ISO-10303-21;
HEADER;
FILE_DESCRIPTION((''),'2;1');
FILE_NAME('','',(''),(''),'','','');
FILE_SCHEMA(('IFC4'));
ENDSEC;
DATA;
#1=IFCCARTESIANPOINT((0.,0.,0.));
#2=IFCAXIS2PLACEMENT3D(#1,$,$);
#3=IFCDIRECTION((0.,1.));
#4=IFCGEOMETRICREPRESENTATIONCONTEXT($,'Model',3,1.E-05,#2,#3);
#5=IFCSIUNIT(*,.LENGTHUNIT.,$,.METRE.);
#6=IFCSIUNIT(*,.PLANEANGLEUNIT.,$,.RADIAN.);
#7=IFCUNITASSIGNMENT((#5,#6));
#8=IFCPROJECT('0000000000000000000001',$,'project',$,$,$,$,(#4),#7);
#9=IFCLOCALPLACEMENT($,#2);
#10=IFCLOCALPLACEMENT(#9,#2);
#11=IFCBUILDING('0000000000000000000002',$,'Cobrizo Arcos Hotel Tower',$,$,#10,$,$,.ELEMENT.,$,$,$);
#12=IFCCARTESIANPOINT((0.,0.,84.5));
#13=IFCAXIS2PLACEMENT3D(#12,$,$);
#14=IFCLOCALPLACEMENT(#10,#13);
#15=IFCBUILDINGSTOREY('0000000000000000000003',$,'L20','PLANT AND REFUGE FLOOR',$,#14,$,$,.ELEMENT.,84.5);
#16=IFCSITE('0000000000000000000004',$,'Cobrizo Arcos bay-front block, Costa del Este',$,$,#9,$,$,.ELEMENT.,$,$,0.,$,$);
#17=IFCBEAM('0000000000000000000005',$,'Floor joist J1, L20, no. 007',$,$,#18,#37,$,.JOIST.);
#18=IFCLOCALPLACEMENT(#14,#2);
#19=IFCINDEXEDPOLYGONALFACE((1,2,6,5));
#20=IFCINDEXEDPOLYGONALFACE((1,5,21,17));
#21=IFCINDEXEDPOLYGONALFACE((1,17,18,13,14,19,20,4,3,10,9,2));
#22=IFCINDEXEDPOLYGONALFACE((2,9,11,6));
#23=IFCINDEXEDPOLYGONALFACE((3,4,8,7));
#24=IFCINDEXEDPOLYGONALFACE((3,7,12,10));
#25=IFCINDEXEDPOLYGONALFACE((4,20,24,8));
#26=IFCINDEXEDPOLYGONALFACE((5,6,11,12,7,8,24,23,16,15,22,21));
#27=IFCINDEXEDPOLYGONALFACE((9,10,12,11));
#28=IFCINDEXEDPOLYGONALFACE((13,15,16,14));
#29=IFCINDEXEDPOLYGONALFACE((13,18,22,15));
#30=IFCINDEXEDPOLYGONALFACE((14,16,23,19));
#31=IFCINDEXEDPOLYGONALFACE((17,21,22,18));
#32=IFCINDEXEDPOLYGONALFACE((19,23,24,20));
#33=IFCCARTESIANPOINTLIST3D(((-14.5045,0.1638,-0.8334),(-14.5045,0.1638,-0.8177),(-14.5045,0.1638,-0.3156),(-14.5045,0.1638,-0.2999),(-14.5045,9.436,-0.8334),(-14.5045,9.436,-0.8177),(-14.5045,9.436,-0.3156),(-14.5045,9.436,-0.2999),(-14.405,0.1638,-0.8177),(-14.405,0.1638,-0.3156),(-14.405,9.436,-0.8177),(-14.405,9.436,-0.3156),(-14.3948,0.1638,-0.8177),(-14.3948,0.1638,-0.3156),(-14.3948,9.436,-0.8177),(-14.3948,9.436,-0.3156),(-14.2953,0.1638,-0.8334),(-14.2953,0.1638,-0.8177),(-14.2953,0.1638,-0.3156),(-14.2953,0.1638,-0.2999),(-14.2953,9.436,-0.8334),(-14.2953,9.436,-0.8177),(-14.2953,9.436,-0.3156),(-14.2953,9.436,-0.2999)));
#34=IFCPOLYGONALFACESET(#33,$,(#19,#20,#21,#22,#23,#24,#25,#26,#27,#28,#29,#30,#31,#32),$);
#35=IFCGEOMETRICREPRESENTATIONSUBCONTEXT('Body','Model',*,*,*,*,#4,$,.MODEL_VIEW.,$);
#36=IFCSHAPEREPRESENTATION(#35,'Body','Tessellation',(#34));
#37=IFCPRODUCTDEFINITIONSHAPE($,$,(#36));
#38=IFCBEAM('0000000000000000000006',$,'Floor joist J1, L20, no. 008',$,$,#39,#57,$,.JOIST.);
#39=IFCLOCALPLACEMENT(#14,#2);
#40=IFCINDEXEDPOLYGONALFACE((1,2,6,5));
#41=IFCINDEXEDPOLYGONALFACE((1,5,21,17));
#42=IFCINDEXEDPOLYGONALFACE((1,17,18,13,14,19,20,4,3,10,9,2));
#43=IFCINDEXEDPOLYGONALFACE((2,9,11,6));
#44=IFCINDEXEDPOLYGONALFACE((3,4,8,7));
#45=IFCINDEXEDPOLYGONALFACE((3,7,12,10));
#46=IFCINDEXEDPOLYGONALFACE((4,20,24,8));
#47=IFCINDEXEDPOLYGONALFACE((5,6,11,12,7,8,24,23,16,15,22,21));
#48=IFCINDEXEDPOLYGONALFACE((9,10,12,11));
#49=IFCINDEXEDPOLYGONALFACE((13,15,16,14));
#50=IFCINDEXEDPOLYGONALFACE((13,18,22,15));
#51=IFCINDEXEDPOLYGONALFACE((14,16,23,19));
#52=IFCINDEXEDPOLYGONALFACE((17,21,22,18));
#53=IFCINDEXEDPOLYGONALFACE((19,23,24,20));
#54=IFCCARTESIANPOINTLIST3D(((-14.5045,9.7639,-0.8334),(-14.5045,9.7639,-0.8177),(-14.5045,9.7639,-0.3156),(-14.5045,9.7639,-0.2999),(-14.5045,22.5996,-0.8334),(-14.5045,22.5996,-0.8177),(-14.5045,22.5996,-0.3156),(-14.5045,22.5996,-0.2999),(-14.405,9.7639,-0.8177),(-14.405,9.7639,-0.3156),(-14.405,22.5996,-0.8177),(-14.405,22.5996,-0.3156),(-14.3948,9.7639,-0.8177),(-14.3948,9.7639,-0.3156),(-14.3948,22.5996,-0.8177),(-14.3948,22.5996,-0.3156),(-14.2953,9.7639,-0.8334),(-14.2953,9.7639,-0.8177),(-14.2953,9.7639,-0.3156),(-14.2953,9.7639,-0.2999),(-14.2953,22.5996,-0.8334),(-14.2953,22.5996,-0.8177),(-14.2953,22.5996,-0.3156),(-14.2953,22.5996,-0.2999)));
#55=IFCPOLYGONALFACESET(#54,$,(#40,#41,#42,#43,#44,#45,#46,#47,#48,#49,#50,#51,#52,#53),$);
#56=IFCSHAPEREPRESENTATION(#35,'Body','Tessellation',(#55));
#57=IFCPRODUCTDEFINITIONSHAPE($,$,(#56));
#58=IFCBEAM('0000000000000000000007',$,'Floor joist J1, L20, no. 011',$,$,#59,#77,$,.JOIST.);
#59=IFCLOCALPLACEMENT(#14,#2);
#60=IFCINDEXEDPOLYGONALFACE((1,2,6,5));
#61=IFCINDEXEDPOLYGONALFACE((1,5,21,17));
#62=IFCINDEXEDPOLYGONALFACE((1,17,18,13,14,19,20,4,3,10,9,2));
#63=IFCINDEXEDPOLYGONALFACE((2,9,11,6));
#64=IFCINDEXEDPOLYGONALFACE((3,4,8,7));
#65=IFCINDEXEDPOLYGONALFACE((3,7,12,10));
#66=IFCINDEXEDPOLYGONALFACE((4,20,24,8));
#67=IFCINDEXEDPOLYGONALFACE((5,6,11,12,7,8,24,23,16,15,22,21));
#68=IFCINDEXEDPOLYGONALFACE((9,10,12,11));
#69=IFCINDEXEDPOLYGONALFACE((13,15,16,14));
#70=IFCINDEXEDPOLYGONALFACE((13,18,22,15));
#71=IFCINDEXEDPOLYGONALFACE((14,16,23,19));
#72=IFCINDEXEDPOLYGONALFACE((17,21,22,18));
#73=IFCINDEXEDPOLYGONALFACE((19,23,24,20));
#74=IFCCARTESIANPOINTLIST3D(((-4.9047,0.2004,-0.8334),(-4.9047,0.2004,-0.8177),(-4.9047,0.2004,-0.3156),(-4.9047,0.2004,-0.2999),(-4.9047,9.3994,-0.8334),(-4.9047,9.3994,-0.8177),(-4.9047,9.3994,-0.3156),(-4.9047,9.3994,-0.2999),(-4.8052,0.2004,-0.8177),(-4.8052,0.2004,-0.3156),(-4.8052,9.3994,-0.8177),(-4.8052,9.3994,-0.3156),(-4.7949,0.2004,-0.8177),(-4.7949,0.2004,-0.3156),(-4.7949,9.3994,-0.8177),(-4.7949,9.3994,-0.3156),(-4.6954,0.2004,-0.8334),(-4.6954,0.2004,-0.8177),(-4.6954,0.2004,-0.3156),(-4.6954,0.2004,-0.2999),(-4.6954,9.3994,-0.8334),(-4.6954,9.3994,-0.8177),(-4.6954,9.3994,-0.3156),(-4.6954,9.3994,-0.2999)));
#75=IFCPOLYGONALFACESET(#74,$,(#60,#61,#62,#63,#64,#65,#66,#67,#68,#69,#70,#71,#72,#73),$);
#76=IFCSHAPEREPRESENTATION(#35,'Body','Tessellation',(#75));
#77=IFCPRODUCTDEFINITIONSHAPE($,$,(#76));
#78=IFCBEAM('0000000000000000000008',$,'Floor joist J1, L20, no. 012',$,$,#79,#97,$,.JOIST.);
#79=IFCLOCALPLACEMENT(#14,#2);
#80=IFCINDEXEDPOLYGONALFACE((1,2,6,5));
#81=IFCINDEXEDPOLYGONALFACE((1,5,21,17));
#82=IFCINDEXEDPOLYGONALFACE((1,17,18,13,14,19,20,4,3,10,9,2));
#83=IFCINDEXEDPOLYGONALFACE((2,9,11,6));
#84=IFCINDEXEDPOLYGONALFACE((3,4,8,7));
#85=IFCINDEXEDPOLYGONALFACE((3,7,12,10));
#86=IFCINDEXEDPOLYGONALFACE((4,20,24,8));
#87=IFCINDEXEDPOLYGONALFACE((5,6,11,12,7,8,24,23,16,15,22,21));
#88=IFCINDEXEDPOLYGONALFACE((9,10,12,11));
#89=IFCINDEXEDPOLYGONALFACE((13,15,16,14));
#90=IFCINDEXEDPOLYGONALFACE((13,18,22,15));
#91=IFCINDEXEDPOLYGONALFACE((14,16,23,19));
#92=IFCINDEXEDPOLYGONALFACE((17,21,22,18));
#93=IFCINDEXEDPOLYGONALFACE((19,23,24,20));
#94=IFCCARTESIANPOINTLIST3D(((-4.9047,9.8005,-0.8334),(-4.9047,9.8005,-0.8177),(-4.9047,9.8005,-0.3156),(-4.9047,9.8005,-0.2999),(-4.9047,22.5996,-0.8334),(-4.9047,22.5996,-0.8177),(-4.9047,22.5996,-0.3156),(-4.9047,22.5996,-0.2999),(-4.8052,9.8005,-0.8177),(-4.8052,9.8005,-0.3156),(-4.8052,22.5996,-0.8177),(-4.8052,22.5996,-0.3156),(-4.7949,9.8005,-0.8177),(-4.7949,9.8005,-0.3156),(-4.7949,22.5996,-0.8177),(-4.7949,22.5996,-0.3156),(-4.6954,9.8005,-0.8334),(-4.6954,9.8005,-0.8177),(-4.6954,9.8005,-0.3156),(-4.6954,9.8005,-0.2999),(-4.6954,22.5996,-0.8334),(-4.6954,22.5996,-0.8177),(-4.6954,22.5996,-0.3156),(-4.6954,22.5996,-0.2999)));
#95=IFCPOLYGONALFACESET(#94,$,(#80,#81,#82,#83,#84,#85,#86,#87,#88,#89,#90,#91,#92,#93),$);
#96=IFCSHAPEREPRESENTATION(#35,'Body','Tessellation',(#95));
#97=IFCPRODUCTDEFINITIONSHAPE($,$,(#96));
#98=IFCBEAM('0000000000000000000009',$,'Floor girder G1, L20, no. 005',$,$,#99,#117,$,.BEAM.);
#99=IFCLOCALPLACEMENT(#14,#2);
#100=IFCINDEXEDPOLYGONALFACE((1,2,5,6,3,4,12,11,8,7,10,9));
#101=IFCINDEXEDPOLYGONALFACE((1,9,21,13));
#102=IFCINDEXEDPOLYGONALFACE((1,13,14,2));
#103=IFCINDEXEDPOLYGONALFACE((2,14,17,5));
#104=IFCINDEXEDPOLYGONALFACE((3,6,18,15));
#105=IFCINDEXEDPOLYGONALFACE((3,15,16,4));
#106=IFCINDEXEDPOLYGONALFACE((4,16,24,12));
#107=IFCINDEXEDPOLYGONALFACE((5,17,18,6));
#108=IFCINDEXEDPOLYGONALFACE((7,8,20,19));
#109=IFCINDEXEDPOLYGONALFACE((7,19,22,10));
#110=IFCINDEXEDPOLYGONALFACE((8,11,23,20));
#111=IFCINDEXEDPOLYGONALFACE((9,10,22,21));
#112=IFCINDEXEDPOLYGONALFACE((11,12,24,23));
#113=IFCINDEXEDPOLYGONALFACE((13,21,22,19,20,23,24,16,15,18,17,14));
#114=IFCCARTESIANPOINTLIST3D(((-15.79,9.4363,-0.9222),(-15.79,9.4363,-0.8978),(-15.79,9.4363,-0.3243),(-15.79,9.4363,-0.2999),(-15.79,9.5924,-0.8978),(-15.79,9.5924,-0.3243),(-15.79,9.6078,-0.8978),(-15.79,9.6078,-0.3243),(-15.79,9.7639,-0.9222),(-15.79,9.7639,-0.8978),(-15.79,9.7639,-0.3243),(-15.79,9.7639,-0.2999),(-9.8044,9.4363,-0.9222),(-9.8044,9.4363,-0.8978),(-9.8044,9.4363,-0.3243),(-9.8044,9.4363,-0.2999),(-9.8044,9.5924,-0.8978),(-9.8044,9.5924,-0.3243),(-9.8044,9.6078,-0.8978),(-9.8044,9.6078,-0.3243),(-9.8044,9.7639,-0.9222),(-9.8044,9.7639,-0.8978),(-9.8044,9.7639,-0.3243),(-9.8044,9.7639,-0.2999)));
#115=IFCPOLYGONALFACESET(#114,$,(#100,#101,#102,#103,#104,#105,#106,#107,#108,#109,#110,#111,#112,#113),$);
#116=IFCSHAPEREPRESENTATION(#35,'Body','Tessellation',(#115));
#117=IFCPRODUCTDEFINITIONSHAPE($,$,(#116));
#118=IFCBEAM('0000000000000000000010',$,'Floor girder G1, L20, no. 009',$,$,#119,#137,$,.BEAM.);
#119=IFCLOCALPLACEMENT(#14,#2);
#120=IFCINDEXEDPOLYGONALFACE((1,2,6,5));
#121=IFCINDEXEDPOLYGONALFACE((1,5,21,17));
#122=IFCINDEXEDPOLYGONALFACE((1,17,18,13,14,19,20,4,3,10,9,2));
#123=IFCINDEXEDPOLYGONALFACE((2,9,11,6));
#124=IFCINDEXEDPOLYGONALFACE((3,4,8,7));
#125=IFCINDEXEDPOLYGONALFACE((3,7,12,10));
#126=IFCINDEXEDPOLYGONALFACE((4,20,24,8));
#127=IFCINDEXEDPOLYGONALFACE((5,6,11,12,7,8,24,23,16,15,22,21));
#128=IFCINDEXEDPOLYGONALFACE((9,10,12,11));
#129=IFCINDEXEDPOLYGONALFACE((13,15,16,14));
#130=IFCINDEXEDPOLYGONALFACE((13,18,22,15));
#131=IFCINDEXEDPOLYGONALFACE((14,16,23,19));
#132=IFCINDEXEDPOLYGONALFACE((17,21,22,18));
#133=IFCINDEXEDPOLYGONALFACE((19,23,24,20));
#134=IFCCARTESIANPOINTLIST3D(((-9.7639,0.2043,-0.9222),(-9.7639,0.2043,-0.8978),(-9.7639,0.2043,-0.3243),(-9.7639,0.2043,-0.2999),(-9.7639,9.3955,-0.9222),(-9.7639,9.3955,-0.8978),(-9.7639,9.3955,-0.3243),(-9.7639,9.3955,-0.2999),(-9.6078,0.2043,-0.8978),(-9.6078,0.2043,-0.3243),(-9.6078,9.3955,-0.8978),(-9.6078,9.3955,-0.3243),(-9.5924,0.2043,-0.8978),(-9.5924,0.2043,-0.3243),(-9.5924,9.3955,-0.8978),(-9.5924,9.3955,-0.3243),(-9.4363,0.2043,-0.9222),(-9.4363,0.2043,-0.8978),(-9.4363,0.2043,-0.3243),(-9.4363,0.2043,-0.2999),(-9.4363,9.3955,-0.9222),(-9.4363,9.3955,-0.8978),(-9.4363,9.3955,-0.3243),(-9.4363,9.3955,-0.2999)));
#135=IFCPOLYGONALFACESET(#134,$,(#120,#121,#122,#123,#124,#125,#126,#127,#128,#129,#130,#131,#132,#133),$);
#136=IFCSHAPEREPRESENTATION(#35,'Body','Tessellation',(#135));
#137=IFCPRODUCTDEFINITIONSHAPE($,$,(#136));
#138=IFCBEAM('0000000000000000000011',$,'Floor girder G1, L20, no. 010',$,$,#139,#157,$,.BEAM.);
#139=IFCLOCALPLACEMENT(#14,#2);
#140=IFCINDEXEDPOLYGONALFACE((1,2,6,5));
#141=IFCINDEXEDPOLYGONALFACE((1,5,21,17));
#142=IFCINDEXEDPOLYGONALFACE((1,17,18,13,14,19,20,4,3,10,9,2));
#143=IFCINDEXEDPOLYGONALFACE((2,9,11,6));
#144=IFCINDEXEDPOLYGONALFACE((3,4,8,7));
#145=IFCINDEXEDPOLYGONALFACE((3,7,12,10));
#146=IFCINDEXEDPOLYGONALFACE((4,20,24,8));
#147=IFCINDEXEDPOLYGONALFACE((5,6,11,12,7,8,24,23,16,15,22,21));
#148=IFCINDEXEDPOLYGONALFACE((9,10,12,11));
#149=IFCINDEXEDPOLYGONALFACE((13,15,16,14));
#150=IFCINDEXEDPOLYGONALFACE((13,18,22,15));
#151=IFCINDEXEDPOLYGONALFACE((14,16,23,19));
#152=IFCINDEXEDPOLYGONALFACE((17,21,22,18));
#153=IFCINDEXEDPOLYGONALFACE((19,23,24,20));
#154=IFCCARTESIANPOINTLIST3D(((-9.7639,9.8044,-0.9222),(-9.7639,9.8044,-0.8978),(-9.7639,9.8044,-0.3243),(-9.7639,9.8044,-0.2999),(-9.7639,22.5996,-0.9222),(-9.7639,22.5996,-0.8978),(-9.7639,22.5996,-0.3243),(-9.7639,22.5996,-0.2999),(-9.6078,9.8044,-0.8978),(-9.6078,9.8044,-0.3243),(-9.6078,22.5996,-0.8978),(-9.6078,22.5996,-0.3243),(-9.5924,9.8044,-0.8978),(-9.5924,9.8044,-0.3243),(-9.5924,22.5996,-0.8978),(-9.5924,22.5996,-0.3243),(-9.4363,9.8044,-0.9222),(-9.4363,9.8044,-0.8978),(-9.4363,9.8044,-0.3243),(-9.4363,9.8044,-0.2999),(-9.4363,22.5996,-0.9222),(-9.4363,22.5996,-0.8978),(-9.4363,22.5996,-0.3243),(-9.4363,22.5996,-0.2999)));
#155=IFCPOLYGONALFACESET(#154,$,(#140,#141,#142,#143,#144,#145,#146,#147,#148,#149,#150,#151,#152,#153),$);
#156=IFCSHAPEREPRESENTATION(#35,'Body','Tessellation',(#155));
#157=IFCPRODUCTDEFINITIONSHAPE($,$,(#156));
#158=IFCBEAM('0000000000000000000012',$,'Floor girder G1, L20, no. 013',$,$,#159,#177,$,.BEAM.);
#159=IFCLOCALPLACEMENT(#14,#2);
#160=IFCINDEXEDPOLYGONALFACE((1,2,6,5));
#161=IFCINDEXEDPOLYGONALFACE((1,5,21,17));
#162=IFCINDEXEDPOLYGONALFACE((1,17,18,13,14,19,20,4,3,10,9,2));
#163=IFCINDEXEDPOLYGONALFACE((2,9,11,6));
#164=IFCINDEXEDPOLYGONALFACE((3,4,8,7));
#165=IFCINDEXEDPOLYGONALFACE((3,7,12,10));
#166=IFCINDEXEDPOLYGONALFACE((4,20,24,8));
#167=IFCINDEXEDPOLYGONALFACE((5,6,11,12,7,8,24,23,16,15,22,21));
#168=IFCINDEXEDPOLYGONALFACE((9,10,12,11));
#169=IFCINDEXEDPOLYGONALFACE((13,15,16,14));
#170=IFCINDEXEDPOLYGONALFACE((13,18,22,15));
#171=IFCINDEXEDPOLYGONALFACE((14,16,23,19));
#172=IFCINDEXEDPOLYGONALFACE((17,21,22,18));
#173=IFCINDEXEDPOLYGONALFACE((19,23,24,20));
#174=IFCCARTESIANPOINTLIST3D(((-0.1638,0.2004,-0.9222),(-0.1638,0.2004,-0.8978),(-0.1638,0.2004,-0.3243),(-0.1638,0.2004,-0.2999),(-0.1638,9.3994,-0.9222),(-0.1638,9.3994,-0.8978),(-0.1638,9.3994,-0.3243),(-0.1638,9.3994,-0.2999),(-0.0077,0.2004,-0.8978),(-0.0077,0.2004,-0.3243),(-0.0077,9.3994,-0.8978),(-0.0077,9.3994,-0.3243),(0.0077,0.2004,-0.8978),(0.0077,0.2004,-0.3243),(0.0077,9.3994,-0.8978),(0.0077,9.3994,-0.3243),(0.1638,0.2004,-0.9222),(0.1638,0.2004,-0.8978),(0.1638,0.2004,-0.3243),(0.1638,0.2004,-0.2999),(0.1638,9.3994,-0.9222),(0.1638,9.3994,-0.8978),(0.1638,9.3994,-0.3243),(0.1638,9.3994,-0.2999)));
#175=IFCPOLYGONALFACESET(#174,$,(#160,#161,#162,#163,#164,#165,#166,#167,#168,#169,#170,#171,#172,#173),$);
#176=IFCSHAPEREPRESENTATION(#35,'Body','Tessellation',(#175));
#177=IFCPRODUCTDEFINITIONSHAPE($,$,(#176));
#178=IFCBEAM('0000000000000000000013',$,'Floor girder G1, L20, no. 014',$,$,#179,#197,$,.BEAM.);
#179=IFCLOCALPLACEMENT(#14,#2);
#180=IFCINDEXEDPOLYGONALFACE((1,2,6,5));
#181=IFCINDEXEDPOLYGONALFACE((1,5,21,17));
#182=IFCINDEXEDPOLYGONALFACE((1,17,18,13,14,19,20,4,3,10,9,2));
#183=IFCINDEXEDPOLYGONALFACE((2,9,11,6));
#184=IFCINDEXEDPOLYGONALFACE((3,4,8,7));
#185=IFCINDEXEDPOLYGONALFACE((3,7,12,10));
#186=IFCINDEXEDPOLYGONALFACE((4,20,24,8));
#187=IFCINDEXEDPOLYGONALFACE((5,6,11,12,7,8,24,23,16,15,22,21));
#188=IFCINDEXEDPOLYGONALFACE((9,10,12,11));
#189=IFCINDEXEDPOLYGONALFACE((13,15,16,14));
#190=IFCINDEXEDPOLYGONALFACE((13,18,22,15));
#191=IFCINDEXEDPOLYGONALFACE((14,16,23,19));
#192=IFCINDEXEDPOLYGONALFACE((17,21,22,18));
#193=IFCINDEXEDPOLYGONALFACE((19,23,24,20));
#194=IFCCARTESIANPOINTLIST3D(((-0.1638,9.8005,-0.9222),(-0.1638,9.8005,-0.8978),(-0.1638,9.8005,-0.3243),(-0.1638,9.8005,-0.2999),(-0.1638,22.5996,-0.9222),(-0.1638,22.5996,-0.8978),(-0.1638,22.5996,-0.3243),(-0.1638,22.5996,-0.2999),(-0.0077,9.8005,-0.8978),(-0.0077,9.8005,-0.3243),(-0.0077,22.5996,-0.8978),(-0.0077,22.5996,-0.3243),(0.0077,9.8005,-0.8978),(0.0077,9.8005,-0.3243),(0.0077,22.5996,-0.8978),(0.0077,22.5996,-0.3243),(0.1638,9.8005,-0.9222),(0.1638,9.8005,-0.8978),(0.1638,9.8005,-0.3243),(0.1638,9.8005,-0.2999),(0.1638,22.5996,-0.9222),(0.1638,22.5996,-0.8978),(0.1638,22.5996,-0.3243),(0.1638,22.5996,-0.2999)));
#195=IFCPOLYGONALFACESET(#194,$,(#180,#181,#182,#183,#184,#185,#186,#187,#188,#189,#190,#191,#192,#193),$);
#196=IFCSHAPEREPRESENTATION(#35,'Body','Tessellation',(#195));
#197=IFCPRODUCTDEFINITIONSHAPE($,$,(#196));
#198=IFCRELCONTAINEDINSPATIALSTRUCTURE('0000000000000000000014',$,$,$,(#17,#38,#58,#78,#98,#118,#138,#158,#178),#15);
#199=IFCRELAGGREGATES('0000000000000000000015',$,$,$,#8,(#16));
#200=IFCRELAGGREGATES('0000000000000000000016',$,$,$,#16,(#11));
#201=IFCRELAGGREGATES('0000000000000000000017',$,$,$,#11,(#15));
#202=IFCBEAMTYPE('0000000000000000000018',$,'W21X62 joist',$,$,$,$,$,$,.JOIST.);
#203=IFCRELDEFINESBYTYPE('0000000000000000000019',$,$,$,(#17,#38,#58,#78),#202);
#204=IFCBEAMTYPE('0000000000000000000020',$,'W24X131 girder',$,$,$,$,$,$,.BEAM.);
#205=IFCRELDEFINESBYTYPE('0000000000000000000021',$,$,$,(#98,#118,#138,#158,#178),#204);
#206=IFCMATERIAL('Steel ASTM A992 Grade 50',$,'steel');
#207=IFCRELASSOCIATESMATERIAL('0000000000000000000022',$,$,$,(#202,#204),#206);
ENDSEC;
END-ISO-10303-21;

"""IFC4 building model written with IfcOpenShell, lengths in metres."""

from ifc_helpers import new_model, si_unit, direction, frame, origin, origin_2d, place, context, subcontext, project, spatial, i_section, extrude, material, material_profile, profile_set, type_object, element, save


model = new_model("IFC4")

# Units and contexts
model_context = context("Model", 3, precision=1e-05, world=origin(), true_north=direction((0.0, 1.0)))
body_context = subcontext(model_context, "Body", "Model", "MODEL_VIEW")
ifc_project = project(units=[si_unit("LENGTHUNIT", "METRE"), si_unit("PLANEANGLEUNIT", "RADIAN")], contexts=[model_context])

# Site, building, storey
site_placement = place(None, origin())
site = spatial("IfcSite", under=ifc_project, at=site_placement, Name="Cobrizo Arcos bay-front block, Costa del Este", CompositionType="ELEMENT", RefElevation=0.0)
building_placement = place(site_placement, origin())
building = spatial("IfcBuilding", under=site, at=building_placement, Name="Cobrizo Arcos Hotel Tower", CompositionType="ELEMENT")
storey_placement = place(building_placement, frame((0.0, 0.0, 84.5)))
storey = spatial("IfcBuildingStorey", under=building, at=storey_placement, Name="L20", Description="PLANT AND REFUGE FLOOR", CompositionType="ELEMENT", Elevation=84.5)

# Shared definitions
ifc_material_1 = material(Name="Steel ASTM A992 Grade 50", Category="steel")

# Beams
ifc_material_profile_1 = material_profile(ifc_material_1, i_section(OverallWidth=0.2092, OverallDepth=0.5334, WebThickness=0.0103, FlangeThickness=0.0156, at=origin_2d()), Name="W21X62")
ifc_profile_set_1 = profile_set([ifc_material_profile_1], Name="Steel ASTM A992 Grade 50")
beam_type_1 = type_object("IfcBeamType", Name="W21X62 joist", PredefinedType="JOIST", material=ifc_profile_set_1)
beam_1_placement = place(storey_placement, frame((-14.3999, 0.1638, -0.5667), z_axis=(0.0, 1.0, 0.0), x_axis=(-1.0, 0.0, 0.0)))
element("IfcBeam", 1, at=beam_1_placement, inside=storey, type_object=beam_type_1, Name="Floor joist J1, L20, no. 007", PredefinedType="JOIST", context=body_context, shape_type="SweptSolid", body=[
    extrude(i_section(OverallWidth=0.2092, OverallDepth=0.5334, WebThickness=0.0103, FlangeThickness=0.0156, at=origin_2d()), origin(), (0.0, 0.0, 1.0), 9.2722),
])
beam_2_placement = place(storey_placement, frame((-14.3999, 9.7639, -0.5667), z_axis=(0.0, 1.0, 0.0), x_axis=(-1.0, 0.0, 0.0)))
element("IfcBeam", 2, at=beam_2_placement, inside=storey, type_object=beam_type_1, Name="Floor joist J1, L20, no. 008", PredefinedType="JOIST", context=body_context, shape_type="SweptSolid", body=[
    extrude(i_section(OverallWidth=0.2092, OverallDepth=0.5334, WebThickness=0.0103, FlangeThickness=0.0156, at=origin_2d()), origin(), (0.0, 0.0, 1.0), 12.8357),
])
beam_3_placement = place(storey_placement, frame((-4.8, 0.2004, -0.5667), z_axis=(0.0, 1.0, 0.0), x_axis=(-1.0, 0.0, 0.0)))
element("IfcBeam", 3, at=beam_3_placement, inside=storey, type_object=beam_type_1, Name="Floor joist J1, L20, no. 011", PredefinedType="JOIST", context=body_context, shape_type="SweptSolid", body=[
    extrude(i_section(OverallWidth=0.2092, OverallDepth=0.5334, WebThickness=0.0103, FlangeThickness=0.0156, at=origin_2d()), origin(), (0.0, 0.0, 1.0), 9.199),
])
beam_4_placement = place(storey_placement, frame((-4.8, 9.8005, -0.5667), z_axis=(0.0, 1.0, 0.0), x_axis=(-1.0, 0.0, 0.0)))
element("IfcBeam", 4, at=beam_4_placement, inside=storey, type_object=beam_type_1, Name="Floor joist J1, L20, no. 012", PredefinedType="JOIST", context=body_context, shape_type="SweptSolid", body=[
    extrude(i_section(OverallWidth=0.2092, OverallDepth=0.5334, WebThickness=0.0103, FlangeThickness=0.0156, at=origin_2d()), origin(), (0.0, 0.0, 1.0), 12.7991),
])
ifc_material_profile_2 = material_profile(ifc_material_1, i_section(OverallWidth=0.3276, OverallDepth=0.6223, WebThickness=0.0154, FlangeThickness=0.0244, at=origin_2d()), Name="W24X131")
ifc_profile_set_2 = profile_set([ifc_material_profile_2], Name="Steel ASTM A992 Grade 50")
beam_type_2 = type_object("IfcBeamType", Name="W24X131 girder", PredefinedType="BEAM", material=ifc_profile_set_2)
beam_5_placement = place(storey_placement, frame((-15.79, 9.6001, -0.6111), z_axis=(1.0, 0.0, 0.0), x_axis=(0.0, 1.0, 0.0)))
element("IfcBeam", 5, at=beam_5_placement, inside=storey, type_object=beam_type_2, Name="Floor girder G1, L20, no. 005", PredefinedType="BEAM", context=body_context, shape_type="SweptSolid", body=[
    extrude(i_section(OverallWidth=0.3276, OverallDepth=0.6223, WebThickness=0.0154, FlangeThickness=0.0244, at=origin_2d()), origin(), (0.0, 0.0, 1.0), 5.9856),
])
beam_6_placement = place(storey_placement, frame((-9.6001, 0.2043, -0.6111), z_axis=(0.0, 1.0, 0.0), x_axis=(-1.0, 0.0, 0.0)))
element("IfcBeam", 6, at=beam_6_placement, inside=storey, type_object=beam_type_2, Name="Floor girder G1, L20, no. 009", PredefinedType="BEAM", context=body_context, shape_type="SweptSolid", body=[
    extrude(i_section(OverallWidth=0.3276, OverallDepth=0.6223, WebThickness=0.0154, FlangeThickness=0.0244, at=origin_2d()), origin(), (0.0, 0.0, 1.0), 9.1912),
])
beam_7_placement = place(storey_placement, frame((-9.6001, 9.8044, -0.6111), z_axis=(0.0, 1.0, 0.0), x_axis=(-1.0, 0.0, 0.0)))
element("IfcBeam", 7, at=beam_7_placement, inside=storey, type_object=beam_type_2, Name="Floor girder G1, L20, no. 010", PredefinedType="BEAM", context=body_context, shape_type="SweptSolid", body=[
    extrude(i_section(OverallWidth=0.3276, OverallDepth=0.6223, WebThickness=0.0154, FlangeThickness=0.0244, at=origin_2d()), origin(), (0.0, 0.0, 1.0), 12.7952),
])
beam_8_placement = place(storey_placement, frame((0.0, 0.2004, -0.6111), z_axis=(0.0, 1.0, 0.0), x_axis=(-1.0, 0.0, 0.0)))
element("IfcBeam", 8, at=beam_8_placement, inside=storey, type_object=beam_type_2, Name="Floor girder G1, L20, no. 013", PredefinedType="BEAM", context=body_context, shape_type="SweptSolid", body=[
    extrude(i_section(OverallWidth=0.3276, OverallDepth=0.6223, WebThickness=0.0154, FlangeThickness=0.0244, at=origin_2d()), origin(), (0.0, 0.0, 1.0), 9.199),
])
beam_9_placement = place(storey_placement, frame((0.0, 9.8005, -0.6111), z_axis=(0.0, 1.0, 0.0), x_axis=(-1.0, 0.0, 0.0)))
element("IfcBeam", 9, at=beam_9_placement, inside=storey, type_object=beam_type_2, Name="Floor girder G1, L20, no. 014", PredefinedType="BEAM", context=body_context, shape_type="SweptSolid", body=[
    extrude(i_section(OverallWidth=0.3276, OverallDepth=0.6223, WebThickness=0.0154, FlangeThickness=0.0244, at=origin_2d()), origin(), (0.0, 0.0, 1.0), 12.7991),
])

save(model, "model.ifc")
